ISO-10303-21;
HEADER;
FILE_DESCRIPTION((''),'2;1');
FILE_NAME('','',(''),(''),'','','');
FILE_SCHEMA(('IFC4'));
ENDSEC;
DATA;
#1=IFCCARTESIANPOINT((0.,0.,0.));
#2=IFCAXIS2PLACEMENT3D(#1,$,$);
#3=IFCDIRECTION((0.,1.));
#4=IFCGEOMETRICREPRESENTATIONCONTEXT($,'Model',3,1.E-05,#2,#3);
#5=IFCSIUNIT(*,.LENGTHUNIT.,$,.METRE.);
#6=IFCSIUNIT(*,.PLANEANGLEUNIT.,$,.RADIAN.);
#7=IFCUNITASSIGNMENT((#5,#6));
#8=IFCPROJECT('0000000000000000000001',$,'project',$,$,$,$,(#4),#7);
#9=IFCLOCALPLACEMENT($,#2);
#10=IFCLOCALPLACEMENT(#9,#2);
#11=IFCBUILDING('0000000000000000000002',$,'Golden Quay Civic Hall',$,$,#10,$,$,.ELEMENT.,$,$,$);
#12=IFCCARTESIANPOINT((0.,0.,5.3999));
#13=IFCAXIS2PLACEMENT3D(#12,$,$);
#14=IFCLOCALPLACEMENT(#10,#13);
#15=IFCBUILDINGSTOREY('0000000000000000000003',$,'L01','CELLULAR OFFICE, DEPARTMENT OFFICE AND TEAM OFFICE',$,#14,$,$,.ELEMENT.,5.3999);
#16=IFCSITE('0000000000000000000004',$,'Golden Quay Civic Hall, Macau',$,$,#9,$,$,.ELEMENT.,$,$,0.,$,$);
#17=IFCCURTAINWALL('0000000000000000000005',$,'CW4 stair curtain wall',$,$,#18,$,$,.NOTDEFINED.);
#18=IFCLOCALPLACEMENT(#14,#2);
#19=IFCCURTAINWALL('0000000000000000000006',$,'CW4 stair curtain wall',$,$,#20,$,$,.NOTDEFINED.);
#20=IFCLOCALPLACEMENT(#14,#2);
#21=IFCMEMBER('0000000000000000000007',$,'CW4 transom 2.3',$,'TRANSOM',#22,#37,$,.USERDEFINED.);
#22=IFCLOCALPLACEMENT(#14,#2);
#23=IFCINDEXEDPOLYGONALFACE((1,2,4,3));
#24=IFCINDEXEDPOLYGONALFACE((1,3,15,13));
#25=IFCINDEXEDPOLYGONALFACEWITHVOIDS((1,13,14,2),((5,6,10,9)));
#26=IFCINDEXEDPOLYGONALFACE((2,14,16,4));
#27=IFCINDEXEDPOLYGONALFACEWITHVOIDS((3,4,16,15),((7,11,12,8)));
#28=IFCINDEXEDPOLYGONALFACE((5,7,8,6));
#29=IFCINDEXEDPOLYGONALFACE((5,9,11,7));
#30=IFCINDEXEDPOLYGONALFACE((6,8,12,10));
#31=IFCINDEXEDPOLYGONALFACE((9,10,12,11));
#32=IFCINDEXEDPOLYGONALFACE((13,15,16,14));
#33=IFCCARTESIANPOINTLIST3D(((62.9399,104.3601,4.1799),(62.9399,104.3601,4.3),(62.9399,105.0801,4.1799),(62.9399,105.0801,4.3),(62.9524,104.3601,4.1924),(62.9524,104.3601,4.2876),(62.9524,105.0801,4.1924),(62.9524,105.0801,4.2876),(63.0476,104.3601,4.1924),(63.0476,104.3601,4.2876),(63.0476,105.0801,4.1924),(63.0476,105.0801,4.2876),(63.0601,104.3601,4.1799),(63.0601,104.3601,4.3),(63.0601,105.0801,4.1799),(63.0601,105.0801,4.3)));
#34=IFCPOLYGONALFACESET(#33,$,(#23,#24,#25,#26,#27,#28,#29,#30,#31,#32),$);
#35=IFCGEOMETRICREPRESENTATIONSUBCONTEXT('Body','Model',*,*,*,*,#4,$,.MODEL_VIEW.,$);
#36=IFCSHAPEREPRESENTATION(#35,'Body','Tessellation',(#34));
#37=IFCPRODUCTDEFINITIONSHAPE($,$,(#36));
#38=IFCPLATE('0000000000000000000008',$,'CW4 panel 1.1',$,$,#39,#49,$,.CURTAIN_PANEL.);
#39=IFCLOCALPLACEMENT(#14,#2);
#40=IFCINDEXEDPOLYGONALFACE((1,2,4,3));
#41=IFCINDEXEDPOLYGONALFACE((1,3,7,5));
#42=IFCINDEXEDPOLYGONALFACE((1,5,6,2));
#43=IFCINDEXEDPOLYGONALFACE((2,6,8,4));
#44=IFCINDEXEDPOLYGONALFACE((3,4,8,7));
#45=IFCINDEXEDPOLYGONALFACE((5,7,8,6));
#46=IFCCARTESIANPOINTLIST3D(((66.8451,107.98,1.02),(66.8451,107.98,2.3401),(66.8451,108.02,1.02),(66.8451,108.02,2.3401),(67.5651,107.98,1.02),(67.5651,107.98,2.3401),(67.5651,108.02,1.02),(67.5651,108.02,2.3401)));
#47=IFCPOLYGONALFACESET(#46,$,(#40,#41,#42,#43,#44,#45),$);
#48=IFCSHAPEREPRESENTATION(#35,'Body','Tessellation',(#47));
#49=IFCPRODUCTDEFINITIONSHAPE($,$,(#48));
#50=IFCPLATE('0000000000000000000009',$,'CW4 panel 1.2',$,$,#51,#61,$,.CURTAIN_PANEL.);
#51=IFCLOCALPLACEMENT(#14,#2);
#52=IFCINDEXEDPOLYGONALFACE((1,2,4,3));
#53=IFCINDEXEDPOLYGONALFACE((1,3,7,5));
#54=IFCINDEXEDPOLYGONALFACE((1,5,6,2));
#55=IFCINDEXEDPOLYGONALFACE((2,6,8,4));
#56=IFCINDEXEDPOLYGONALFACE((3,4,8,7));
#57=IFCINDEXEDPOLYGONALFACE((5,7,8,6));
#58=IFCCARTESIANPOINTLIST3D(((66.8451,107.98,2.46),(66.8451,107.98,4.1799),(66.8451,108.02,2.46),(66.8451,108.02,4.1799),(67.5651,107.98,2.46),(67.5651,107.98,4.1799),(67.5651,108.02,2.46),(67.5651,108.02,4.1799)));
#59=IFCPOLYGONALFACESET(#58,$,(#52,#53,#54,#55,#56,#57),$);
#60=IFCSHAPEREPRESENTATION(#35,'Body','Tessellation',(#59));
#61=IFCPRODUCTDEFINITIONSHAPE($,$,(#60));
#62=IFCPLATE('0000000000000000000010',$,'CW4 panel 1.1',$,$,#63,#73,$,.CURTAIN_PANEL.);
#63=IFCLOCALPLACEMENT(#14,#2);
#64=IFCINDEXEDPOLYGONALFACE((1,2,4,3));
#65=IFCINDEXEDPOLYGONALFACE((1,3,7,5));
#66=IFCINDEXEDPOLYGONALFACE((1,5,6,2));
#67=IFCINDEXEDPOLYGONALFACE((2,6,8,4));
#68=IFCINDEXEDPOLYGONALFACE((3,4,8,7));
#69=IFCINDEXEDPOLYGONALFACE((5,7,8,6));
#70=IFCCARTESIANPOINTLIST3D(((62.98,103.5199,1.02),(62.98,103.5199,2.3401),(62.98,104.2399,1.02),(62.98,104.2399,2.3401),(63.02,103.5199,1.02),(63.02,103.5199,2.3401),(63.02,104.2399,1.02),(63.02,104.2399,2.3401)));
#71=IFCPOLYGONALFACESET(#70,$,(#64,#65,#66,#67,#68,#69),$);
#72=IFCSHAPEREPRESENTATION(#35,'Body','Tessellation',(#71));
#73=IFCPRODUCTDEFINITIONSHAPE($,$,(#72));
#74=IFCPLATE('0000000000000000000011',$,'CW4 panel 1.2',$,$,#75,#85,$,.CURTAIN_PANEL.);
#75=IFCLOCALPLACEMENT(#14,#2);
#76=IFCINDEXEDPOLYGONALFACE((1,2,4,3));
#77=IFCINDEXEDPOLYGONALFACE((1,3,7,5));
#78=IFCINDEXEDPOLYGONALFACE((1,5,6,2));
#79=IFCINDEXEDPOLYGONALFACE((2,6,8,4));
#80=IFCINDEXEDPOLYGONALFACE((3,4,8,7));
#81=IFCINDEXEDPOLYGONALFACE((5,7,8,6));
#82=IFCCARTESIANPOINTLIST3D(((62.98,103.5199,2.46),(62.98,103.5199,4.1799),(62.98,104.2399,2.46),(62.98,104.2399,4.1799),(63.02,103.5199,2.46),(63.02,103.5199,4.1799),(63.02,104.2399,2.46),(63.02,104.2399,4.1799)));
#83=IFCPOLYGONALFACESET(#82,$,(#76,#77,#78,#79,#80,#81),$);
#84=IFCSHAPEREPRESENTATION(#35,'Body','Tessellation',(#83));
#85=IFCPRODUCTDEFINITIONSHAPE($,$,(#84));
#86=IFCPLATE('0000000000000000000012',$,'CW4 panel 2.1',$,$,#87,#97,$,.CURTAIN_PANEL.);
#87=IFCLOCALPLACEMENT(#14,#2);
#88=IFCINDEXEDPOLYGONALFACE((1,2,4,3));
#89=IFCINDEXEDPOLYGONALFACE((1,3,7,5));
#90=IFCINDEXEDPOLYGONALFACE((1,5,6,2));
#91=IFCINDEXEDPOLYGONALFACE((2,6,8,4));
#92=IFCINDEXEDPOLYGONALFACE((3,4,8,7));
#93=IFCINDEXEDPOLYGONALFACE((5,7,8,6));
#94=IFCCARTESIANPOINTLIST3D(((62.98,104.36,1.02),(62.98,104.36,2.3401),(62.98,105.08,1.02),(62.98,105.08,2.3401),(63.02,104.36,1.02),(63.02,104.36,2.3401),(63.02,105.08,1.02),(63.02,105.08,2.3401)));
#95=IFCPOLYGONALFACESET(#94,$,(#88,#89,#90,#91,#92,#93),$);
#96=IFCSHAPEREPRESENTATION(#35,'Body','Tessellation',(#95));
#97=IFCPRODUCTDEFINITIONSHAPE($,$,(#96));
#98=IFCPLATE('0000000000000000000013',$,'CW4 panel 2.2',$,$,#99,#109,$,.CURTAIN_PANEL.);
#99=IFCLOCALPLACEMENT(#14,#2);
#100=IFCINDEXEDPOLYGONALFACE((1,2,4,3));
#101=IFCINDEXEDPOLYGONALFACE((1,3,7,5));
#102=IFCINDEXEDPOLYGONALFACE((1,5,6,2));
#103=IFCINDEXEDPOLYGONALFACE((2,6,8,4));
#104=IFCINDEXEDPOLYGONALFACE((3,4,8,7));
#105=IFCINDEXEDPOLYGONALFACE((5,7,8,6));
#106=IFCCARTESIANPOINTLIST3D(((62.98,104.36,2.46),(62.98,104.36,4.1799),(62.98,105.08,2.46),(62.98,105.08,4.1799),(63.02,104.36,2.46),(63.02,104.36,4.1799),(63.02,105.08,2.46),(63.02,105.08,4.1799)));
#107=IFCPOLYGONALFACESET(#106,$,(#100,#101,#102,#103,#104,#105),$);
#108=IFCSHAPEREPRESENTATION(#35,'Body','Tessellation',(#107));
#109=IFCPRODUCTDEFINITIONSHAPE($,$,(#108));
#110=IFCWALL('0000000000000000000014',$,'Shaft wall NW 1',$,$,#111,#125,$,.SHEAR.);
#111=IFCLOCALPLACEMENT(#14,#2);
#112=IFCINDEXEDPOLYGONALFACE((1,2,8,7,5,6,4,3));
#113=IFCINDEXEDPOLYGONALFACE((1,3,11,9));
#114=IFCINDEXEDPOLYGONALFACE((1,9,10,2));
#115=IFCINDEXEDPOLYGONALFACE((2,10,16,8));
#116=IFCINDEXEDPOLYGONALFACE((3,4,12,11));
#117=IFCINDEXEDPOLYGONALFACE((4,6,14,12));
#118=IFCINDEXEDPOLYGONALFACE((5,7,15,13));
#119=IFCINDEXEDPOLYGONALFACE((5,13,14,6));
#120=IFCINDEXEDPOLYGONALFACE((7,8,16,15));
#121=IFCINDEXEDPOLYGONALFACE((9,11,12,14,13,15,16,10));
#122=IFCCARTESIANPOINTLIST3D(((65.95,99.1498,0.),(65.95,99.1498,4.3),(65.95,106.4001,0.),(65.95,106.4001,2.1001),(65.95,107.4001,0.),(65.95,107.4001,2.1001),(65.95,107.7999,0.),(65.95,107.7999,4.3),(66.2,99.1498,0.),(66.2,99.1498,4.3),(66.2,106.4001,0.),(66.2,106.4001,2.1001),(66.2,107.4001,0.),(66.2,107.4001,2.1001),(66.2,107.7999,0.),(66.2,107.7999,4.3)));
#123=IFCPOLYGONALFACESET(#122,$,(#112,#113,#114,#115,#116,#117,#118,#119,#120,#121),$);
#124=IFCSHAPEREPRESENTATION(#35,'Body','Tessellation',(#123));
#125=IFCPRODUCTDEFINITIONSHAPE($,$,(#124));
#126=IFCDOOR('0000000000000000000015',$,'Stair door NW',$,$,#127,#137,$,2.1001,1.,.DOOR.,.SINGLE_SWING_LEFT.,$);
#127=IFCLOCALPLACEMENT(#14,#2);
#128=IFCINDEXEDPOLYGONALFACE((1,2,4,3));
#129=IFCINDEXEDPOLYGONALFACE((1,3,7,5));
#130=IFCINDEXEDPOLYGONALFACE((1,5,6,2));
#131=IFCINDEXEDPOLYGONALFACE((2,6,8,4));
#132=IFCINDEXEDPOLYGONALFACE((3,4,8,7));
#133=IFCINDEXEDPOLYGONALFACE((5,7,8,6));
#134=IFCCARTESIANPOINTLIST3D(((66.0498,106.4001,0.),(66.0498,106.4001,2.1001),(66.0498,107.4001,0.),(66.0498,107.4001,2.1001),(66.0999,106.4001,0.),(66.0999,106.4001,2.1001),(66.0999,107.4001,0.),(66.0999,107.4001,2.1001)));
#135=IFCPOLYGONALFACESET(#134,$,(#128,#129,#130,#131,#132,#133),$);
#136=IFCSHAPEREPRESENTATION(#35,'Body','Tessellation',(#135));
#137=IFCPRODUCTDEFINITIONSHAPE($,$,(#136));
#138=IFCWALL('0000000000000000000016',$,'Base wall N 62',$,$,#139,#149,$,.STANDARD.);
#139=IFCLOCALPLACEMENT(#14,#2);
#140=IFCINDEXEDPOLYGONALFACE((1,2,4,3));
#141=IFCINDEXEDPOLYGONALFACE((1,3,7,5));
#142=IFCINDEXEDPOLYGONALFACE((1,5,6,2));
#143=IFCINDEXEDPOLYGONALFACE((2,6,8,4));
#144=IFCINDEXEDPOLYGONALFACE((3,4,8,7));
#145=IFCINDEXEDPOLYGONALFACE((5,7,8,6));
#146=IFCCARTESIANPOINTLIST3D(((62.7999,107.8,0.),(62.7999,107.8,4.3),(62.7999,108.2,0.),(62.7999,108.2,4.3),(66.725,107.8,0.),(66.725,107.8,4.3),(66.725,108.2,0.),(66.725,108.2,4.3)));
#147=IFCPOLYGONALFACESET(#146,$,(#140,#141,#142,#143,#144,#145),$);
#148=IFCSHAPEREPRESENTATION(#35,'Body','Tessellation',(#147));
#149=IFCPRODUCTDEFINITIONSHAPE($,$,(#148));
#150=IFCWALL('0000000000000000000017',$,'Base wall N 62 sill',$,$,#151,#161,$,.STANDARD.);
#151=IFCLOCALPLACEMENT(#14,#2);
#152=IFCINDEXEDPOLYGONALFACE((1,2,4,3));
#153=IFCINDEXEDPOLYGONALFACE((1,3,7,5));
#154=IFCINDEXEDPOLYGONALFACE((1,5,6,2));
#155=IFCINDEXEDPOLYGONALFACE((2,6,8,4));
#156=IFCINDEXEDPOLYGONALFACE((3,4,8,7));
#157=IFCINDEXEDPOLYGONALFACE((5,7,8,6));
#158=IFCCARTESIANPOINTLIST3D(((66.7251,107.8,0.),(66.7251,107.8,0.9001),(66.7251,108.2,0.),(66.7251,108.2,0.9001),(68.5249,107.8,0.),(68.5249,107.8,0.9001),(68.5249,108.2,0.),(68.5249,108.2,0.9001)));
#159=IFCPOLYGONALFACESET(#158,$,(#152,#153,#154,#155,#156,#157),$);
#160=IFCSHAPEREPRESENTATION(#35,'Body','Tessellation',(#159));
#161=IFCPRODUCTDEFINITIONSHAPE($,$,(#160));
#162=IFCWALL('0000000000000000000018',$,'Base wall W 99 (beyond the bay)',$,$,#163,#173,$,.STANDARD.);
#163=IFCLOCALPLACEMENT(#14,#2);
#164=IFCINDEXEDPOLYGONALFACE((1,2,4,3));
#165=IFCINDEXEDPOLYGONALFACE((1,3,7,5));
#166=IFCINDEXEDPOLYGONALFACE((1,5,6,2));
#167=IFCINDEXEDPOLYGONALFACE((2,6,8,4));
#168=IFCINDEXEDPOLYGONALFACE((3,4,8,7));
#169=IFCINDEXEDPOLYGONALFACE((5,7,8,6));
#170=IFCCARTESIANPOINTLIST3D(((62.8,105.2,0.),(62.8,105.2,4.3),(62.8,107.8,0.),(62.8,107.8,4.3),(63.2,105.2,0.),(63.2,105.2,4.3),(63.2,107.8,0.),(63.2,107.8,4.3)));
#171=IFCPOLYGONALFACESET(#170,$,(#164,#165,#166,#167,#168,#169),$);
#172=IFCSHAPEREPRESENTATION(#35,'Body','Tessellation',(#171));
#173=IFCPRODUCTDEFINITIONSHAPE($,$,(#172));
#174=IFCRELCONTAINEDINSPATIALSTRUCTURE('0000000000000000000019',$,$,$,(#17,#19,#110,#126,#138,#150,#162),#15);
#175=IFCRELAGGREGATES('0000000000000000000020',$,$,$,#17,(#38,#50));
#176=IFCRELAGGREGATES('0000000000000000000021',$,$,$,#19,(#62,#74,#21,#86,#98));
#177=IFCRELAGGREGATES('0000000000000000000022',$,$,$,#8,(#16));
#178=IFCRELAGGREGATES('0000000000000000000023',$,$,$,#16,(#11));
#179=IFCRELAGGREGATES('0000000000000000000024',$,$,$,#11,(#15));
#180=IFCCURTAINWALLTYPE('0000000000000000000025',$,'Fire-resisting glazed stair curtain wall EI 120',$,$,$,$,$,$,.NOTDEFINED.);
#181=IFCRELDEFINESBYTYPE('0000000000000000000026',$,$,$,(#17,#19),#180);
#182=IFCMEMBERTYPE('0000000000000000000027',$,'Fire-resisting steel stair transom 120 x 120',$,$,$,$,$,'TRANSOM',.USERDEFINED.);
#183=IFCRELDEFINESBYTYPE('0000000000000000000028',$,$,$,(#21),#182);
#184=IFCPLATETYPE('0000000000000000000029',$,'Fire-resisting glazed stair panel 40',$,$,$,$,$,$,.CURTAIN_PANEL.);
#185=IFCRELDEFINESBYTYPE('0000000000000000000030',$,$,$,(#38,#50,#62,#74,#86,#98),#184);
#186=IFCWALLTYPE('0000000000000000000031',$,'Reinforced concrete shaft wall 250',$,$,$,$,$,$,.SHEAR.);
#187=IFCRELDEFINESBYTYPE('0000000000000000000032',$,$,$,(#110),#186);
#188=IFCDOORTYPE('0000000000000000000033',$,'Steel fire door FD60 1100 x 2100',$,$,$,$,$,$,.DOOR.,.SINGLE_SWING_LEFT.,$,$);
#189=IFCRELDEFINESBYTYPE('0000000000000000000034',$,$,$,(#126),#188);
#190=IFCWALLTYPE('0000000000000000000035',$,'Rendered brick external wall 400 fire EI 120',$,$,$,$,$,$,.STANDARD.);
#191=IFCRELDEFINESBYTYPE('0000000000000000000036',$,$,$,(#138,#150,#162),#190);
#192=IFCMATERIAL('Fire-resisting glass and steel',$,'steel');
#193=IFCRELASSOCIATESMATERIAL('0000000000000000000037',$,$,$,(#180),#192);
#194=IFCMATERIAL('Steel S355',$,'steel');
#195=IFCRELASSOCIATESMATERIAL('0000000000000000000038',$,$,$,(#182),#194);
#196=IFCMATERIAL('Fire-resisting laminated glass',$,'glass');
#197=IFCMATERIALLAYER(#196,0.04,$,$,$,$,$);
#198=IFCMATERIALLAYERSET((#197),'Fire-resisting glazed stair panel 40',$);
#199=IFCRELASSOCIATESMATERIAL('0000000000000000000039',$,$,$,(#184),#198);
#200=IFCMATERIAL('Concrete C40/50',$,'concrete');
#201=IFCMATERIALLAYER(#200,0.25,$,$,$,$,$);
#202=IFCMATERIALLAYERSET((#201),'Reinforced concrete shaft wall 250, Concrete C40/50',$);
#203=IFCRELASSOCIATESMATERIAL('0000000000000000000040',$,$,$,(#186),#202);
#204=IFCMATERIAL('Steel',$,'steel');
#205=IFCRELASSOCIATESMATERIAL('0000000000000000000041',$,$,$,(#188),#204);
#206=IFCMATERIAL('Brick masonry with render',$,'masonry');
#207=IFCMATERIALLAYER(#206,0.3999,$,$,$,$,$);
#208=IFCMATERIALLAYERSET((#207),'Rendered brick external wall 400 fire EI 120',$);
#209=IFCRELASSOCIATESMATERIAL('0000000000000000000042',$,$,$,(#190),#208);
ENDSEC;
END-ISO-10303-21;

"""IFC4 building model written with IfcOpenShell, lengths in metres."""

from ifc_helpers import new_model, si_unit, direction, frame, frame_2d, origin, origin_2d, place, context, subcontext, project, spatial, rectangle, hollow_rectangle, extrude, material, layer, layer_set, material_profile, profile_set, type_object, element, fill, aggregate, save


model = new_model("IFC4")

# Units and contexts
model_context = context("Model", 3, precision=1e-05, world=origin(), true_north=direction((0.0, 1.0)))
body_context = subcontext(model_context, "Body", "Model", "MODEL_VIEW")
ifc_project = project(units=[si_unit("LENGTHUNIT", "METRE"), si_unit("PLANEANGLEUNIT", "RADIAN")], contexts=[model_context])

# Site, building, storey
site_placement = place(None, origin())
site = spatial("IfcSite", under=ifc_project, at=site_placement, Name="Golden Quay Civic Hall, Macau", CompositionType="ELEMENT", RefElevation=0.0)
building_placement = place(site_placement, origin())
building = spatial("IfcBuilding", under=site, at=building_placement, Name="Golden Quay Civic Hall", CompositionType="ELEMENT")
storey_placement = place(building_placement, frame((0.0, 0.0, 5.3999)))
storey = spatial("IfcBuildingStorey", under=building, at=storey_placement, Name="L01", Description="CELLULAR OFFICE, DEPARTMENT OFFICE AND TEAM OFFICE", CompositionType="ELEMENT", Elevation=5.3999)

# Curtain wall
ifc_material_1 = material(Name="Fire-resisting glass and steel", Category="steel")
curtain_wall_type = type_object("IfcCurtainWallType", Name="Fire-resisting glazed stair curtain wall EI 120", PredefinedType="NOTDEFINED", material=ifc_material_1)
curtain_wall_1_placement = place(storey_placement, origin())
curtain_wall_1 = element("IfcCurtainWall", 1, at=curtain_wall_1_placement, inside=storey, type_object=curtain_wall_type, Name="CW4 stair curtain wall", PredefinedType="NOTDEFINED")

# Curtain wall
curtain_wall_2_placement = place(storey_placement, origin())
curtain_wall_2 = element("IfcCurtainWall", 2, at=curtain_wall_2_placement, inside=storey, type_object=curtain_wall_type, Name="CW4 stair curtain wall", PredefinedType="NOTDEFINED")

# Member
ifc_material_2 = material(Name="Steel S355", Category="steel")
ifc_material_profile_1 = material_profile(ifc_material_2, hollow_rectangle(XDim=0.1201, YDim=0.1201, WallThickness=0.0125, at=origin_2d()), Name="SHS 120x120x12.5")
ifc_profile_set_1 = profile_set([ifc_material_profile_1], Name="Steel S355")
member_type_1 = type_object("IfcMemberType", Name="Fire-resisting steel stair transom 120 x 120", ElementType="TRANSOM", PredefinedType="USERDEFINED", material=ifc_profile_set_1)
member_1_placement = place(storey_placement, frame((63.0, 104.3601, 4.24), z_axis=(0.0, 1.0, 0.0), x_axis=(-1.0, 0.0, 0.0)))
member_1 = element("IfcMember", 3, at=member_1_placement, type_object=member_type_1, Name="CW4 transom 2.3", ObjectType="TRANSOM", PredefinedType="USERDEFINED", context=body_context, shape_type="SweptSolid", body=[
    extrude(hollow_rectangle(XDim=0.1201, YDim=0.1201, WallThickness=0.0125, at=origin_2d()), origin(), (0.0, 0.0, 1.0), 0.72),
])

# Plates
ifc_material_3 = material(Name="Fire-resisting laminated glass", Category="glass")
ifc_layer_1 = layer(ifc_material_3, 0.04)
ifc_layer_set_1 = layer_set([ifc_layer_1], Name="Fire-resisting glazed stair panel 40")
plate_type = type_object("IfcPlateType", Name="Fire-resisting glazed stair panel 40", PredefinedType="CURTAIN_PANEL", material=ifc_layer_set_1)
plate_1_placement = place(storey_placement, frame((67.2051, 108.0, 1.02), z_axis=(0.0, 0.0, 1.0), x_axis=(1.0, 0.0, 0.0)))
plate_1 = element("IfcPlate", 4, at=plate_1_placement, type_object=plate_type, Name="CW4 panel 1.1", PredefinedType="CURTAIN_PANEL", context=body_context, shape_type="SweptSolid", body=[
    extrude(rectangle(XDim=0.72, YDim=0.04, at=origin_2d()), origin(), (0.0, 0.0, 1.0), 1.3201),
])
plate_2_placement = place(storey_placement, frame((67.2051, 108.0, 2.46), z_axis=(0.0, 0.0, 1.0), x_axis=(1.0, 0.0, 0.0)))
plate_2 = element("IfcPlate", 5, at=plate_2_placement, type_object=plate_type, Name="CW4 panel 1.2", PredefinedType="CURTAIN_PANEL", context=body_context, shape_type="SweptSolid", body=[
    extrude(rectangle(XDim=0.72, YDim=0.04, at=origin_2d()), origin(), (0.0, 0.0, 1.0), 1.72),
])
aggregate(curtain_wall_1, [plate_1, plate_2])
plate_3_placement = place(storey_placement, frame((63.0, 103.8799, 1.02), z_axis=(0.0, 0.0, 1.0), x_axis=(0.0, 1.0, 0.0)))
plate_3 = element("IfcPlate", 6, at=plate_3_placement, type_object=plate_type, Name="CW4 panel 1.1", PredefinedType="CURTAIN_PANEL", context=body_context, shape_type="SweptSolid", body=[
    extrude(rectangle(XDim=0.72, YDim=0.04, at=origin_2d()), origin(), (0.0, 0.0, 1.0), 1.3201),
])
plate_4_placement = place(storey_placement, frame((63.0, 103.8799, 2.46), z_axis=(0.0, 0.0, 1.0), x_axis=(0.0, 1.0, 0.0)))
plate_4 = element("IfcPlate", 7, at=plate_4_placement, type_object=plate_type, Name="CW4 panel 1.2", PredefinedType="CURTAIN_PANEL", context=body_context, shape_type="SweptSolid", body=[
    extrude(rectangle(XDim=0.72, YDim=0.04, at=origin_2d()), origin(), (0.0, 0.0, 1.0), 1.72),
])
plate_5_placement = place(storey_placement, frame((63.0, 104.72, 1.02), z_axis=(0.0, 0.0, 1.0), x_axis=(0.0, 1.0, 0.0)))
plate_5 = element("IfcPlate", 8, at=plate_5_placement, type_object=plate_type, Name="CW4 panel 2.1", PredefinedType="CURTAIN_PANEL", context=body_context, shape_type="SweptSolid", body=[
    extrude(rectangle(XDim=0.72, YDim=0.04, at=origin_2d()), origin(), (0.0, 0.0, 1.0), 1.3201),
])
plate_6_placement = place(storey_placement, frame((63.0, 104.72, 2.46), z_axis=(0.0, 0.0, 1.0), x_axis=(0.0, 1.0, 0.0)))
plate_6 = element("IfcPlate", 9, at=plate_6_placement, type_object=plate_type, Name="CW4 panel 2.2", PredefinedType="CURTAIN_PANEL", context=body_context, shape_type="SweptSolid", body=[
    extrude(rectangle(XDim=0.72, YDim=0.04, at=origin_2d()), origin(), (0.0, 0.0, 1.0), 1.72),
])
aggregate(curtain_wall_2, [plate_3, plate_4, member_1, plate_5, plate_6])

# Wall, opening, door
ifc_material_4 = material(Name="Concrete C40/50", Category="concrete")
ifc_layer_2 = layer(ifc_material_4, 0.25)
ifc_layer_set_2 = layer_set([ifc_layer_2], Name="Reinforced concrete shaft wall 250, Concrete C40/50")
wall_type_1 = type_object("IfcWallType", Name="Reinforced concrete shaft wall 250", PredefinedType="SHEAR", material=ifc_layer_set_2)
wall_1_placement = place(storey_placement, frame((66.075, 107.8, 0.0), z_axis=(0.0, 0.0, 1.0), x_axis=(0.0, -1.0, 0.0)))
wall_1 = element("IfcWall", 10, at=wall_1_placement, inside=storey, type_object=wall_type_1, Name="Shaft wall NW 1", PredefinedType="SHEAR", context=body_context, shape_type="SweptSolid", body=[
    extrude(rectangle(XDim=8.6501, YDim=0.25, at=frame_2d((4.3252, 0.0))), origin(), (0.0, 0.0, 1.0), 4.3),
])
opening_placement = place(wall_1_placement, frame((0.3999, 0.0, 0.0)))
opening = element("IfcOpeningElement", 11, at=opening_placement, cuts=wall_1, PredefinedType="OPENING", context=body_context, shape_type="SweptSolid", body=[
    extrude(rectangle(XDim=1.0, YDim=2.1001, at=frame_2d((0.5, 1.05))), frame((0.0, 0.135, 0.0), z_axis=(0.0, -1.0, 0.0), x_axis=(1.0, 0.0, 0.0)), (0.0, 0.0, 1.0), 0.27),
])
ifc_material_5 = material(Name="Steel", Category="steel")
door_type = type_object("IfcDoorType", Name="Steel fire door FD60 1100 x 2100", OperationType="SINGLE_SWING_LEFT", PredefinedType="DOOR", material=ifc_material_5)
door_placement = place(opening_placement, origin())
door = element("IfcDoor", 12, at=door_placement, inside=storey, type_object=door_type, Name="Stair door NW", OperationType="SINGLE_SWING_LEFT", OverallHeight=2.1001, OverallWidth=1.0, PredefinedType="DOOR", context=body_context, shape_type="SweptSolid", body=[
    extrude(rectangle(XDim=1.0, YDim=2.1001, at=frame_2d((0.5, 1.05))), frame((0.0, 0.0249, 0.0), z_axis=(0.0, -1.0, 0.0), x_axis=(1.0, 0.0, 0.0)), (0.0, 0.0, 1.0), 0.05),
])
fill(opening, door)

# Walls
ifc_material_6 = material(Name="Brick masonry with render", Category="masonry")
ifc_layer_3 = layer(ifc_material_6, 0.3999)
ifc_layer_set_3 = layer_set([ifc_layer_3], Name="Rendered brick external wall 400 fire EI 120")
wall_type_2 = type_object("IfcWallType", Name="Rendered brick external wall 400 fire EI 120", PredefinedType="STANDARD", material=ifc_layer_set_3)
wall_2_placement = place(storey_placement, frame((62.8, 108.0, 0.0), z_axis=(0.0, 0.0, 1.0), x_axis=(1.0, 0.0, 0.0)))
element("IfcWall", 13, at=wall_2_placement, inside=storey, type_object=wall_type_2, Name="Base wall N 62", PredefinedType="STANDARD", context=body_context, shape_type="SweptSolid", body=[
    extrude(rectangle(XDim=3.925, YDim=0.3999, at=frame_2d((1.9624, 0.0))), origin(), (0.0, 0.0, 1.0), 4.3),
])
wall_3_placement = place(storey_placement, frame((66.7251, 108.0, 0.0), z_axis=(0.0, 0.0, 1.0), x_axis=(1.0, 0.0, 0.0)))
element("IfcWall", 14, at=wall_3_placement, inside=storey, type_object=wall_type_2, Name="Base wall N 62 sill", PredefinedType="STANDARD", context=body_context, shape_type="SweptSolid", body=[
    extrude(rectangle(XDim=1.7998, YDim=0.3999, at=frame_2d((0.8999, 0.0))), origin(), (0.0, 0.0, 1.0), 0.9001),
])
wall_4_placement = place(storey_placement, frame((63.0, 105.2, 0.0), z_axis=(0.0, 0.0, 1.0), x_axis=(0.0, 1.0, 0.0)))
element("IfcWall", 15, at=wall_4_placement, inside=storey, type_object=wall_type_2, Name="Base wall W 99 (beyond the bay)", PredefinedType="STANDARD", context=body_context, shape_type="SweptSolid", body=[
    extrude(rectangle(XDim=2.6001, YDim=0.3999, at=frame_2d((1.3, 0.0))), origin(), (0.0, 0.0, 1.0), 4.3),
])

save(model, "model.ifc")
